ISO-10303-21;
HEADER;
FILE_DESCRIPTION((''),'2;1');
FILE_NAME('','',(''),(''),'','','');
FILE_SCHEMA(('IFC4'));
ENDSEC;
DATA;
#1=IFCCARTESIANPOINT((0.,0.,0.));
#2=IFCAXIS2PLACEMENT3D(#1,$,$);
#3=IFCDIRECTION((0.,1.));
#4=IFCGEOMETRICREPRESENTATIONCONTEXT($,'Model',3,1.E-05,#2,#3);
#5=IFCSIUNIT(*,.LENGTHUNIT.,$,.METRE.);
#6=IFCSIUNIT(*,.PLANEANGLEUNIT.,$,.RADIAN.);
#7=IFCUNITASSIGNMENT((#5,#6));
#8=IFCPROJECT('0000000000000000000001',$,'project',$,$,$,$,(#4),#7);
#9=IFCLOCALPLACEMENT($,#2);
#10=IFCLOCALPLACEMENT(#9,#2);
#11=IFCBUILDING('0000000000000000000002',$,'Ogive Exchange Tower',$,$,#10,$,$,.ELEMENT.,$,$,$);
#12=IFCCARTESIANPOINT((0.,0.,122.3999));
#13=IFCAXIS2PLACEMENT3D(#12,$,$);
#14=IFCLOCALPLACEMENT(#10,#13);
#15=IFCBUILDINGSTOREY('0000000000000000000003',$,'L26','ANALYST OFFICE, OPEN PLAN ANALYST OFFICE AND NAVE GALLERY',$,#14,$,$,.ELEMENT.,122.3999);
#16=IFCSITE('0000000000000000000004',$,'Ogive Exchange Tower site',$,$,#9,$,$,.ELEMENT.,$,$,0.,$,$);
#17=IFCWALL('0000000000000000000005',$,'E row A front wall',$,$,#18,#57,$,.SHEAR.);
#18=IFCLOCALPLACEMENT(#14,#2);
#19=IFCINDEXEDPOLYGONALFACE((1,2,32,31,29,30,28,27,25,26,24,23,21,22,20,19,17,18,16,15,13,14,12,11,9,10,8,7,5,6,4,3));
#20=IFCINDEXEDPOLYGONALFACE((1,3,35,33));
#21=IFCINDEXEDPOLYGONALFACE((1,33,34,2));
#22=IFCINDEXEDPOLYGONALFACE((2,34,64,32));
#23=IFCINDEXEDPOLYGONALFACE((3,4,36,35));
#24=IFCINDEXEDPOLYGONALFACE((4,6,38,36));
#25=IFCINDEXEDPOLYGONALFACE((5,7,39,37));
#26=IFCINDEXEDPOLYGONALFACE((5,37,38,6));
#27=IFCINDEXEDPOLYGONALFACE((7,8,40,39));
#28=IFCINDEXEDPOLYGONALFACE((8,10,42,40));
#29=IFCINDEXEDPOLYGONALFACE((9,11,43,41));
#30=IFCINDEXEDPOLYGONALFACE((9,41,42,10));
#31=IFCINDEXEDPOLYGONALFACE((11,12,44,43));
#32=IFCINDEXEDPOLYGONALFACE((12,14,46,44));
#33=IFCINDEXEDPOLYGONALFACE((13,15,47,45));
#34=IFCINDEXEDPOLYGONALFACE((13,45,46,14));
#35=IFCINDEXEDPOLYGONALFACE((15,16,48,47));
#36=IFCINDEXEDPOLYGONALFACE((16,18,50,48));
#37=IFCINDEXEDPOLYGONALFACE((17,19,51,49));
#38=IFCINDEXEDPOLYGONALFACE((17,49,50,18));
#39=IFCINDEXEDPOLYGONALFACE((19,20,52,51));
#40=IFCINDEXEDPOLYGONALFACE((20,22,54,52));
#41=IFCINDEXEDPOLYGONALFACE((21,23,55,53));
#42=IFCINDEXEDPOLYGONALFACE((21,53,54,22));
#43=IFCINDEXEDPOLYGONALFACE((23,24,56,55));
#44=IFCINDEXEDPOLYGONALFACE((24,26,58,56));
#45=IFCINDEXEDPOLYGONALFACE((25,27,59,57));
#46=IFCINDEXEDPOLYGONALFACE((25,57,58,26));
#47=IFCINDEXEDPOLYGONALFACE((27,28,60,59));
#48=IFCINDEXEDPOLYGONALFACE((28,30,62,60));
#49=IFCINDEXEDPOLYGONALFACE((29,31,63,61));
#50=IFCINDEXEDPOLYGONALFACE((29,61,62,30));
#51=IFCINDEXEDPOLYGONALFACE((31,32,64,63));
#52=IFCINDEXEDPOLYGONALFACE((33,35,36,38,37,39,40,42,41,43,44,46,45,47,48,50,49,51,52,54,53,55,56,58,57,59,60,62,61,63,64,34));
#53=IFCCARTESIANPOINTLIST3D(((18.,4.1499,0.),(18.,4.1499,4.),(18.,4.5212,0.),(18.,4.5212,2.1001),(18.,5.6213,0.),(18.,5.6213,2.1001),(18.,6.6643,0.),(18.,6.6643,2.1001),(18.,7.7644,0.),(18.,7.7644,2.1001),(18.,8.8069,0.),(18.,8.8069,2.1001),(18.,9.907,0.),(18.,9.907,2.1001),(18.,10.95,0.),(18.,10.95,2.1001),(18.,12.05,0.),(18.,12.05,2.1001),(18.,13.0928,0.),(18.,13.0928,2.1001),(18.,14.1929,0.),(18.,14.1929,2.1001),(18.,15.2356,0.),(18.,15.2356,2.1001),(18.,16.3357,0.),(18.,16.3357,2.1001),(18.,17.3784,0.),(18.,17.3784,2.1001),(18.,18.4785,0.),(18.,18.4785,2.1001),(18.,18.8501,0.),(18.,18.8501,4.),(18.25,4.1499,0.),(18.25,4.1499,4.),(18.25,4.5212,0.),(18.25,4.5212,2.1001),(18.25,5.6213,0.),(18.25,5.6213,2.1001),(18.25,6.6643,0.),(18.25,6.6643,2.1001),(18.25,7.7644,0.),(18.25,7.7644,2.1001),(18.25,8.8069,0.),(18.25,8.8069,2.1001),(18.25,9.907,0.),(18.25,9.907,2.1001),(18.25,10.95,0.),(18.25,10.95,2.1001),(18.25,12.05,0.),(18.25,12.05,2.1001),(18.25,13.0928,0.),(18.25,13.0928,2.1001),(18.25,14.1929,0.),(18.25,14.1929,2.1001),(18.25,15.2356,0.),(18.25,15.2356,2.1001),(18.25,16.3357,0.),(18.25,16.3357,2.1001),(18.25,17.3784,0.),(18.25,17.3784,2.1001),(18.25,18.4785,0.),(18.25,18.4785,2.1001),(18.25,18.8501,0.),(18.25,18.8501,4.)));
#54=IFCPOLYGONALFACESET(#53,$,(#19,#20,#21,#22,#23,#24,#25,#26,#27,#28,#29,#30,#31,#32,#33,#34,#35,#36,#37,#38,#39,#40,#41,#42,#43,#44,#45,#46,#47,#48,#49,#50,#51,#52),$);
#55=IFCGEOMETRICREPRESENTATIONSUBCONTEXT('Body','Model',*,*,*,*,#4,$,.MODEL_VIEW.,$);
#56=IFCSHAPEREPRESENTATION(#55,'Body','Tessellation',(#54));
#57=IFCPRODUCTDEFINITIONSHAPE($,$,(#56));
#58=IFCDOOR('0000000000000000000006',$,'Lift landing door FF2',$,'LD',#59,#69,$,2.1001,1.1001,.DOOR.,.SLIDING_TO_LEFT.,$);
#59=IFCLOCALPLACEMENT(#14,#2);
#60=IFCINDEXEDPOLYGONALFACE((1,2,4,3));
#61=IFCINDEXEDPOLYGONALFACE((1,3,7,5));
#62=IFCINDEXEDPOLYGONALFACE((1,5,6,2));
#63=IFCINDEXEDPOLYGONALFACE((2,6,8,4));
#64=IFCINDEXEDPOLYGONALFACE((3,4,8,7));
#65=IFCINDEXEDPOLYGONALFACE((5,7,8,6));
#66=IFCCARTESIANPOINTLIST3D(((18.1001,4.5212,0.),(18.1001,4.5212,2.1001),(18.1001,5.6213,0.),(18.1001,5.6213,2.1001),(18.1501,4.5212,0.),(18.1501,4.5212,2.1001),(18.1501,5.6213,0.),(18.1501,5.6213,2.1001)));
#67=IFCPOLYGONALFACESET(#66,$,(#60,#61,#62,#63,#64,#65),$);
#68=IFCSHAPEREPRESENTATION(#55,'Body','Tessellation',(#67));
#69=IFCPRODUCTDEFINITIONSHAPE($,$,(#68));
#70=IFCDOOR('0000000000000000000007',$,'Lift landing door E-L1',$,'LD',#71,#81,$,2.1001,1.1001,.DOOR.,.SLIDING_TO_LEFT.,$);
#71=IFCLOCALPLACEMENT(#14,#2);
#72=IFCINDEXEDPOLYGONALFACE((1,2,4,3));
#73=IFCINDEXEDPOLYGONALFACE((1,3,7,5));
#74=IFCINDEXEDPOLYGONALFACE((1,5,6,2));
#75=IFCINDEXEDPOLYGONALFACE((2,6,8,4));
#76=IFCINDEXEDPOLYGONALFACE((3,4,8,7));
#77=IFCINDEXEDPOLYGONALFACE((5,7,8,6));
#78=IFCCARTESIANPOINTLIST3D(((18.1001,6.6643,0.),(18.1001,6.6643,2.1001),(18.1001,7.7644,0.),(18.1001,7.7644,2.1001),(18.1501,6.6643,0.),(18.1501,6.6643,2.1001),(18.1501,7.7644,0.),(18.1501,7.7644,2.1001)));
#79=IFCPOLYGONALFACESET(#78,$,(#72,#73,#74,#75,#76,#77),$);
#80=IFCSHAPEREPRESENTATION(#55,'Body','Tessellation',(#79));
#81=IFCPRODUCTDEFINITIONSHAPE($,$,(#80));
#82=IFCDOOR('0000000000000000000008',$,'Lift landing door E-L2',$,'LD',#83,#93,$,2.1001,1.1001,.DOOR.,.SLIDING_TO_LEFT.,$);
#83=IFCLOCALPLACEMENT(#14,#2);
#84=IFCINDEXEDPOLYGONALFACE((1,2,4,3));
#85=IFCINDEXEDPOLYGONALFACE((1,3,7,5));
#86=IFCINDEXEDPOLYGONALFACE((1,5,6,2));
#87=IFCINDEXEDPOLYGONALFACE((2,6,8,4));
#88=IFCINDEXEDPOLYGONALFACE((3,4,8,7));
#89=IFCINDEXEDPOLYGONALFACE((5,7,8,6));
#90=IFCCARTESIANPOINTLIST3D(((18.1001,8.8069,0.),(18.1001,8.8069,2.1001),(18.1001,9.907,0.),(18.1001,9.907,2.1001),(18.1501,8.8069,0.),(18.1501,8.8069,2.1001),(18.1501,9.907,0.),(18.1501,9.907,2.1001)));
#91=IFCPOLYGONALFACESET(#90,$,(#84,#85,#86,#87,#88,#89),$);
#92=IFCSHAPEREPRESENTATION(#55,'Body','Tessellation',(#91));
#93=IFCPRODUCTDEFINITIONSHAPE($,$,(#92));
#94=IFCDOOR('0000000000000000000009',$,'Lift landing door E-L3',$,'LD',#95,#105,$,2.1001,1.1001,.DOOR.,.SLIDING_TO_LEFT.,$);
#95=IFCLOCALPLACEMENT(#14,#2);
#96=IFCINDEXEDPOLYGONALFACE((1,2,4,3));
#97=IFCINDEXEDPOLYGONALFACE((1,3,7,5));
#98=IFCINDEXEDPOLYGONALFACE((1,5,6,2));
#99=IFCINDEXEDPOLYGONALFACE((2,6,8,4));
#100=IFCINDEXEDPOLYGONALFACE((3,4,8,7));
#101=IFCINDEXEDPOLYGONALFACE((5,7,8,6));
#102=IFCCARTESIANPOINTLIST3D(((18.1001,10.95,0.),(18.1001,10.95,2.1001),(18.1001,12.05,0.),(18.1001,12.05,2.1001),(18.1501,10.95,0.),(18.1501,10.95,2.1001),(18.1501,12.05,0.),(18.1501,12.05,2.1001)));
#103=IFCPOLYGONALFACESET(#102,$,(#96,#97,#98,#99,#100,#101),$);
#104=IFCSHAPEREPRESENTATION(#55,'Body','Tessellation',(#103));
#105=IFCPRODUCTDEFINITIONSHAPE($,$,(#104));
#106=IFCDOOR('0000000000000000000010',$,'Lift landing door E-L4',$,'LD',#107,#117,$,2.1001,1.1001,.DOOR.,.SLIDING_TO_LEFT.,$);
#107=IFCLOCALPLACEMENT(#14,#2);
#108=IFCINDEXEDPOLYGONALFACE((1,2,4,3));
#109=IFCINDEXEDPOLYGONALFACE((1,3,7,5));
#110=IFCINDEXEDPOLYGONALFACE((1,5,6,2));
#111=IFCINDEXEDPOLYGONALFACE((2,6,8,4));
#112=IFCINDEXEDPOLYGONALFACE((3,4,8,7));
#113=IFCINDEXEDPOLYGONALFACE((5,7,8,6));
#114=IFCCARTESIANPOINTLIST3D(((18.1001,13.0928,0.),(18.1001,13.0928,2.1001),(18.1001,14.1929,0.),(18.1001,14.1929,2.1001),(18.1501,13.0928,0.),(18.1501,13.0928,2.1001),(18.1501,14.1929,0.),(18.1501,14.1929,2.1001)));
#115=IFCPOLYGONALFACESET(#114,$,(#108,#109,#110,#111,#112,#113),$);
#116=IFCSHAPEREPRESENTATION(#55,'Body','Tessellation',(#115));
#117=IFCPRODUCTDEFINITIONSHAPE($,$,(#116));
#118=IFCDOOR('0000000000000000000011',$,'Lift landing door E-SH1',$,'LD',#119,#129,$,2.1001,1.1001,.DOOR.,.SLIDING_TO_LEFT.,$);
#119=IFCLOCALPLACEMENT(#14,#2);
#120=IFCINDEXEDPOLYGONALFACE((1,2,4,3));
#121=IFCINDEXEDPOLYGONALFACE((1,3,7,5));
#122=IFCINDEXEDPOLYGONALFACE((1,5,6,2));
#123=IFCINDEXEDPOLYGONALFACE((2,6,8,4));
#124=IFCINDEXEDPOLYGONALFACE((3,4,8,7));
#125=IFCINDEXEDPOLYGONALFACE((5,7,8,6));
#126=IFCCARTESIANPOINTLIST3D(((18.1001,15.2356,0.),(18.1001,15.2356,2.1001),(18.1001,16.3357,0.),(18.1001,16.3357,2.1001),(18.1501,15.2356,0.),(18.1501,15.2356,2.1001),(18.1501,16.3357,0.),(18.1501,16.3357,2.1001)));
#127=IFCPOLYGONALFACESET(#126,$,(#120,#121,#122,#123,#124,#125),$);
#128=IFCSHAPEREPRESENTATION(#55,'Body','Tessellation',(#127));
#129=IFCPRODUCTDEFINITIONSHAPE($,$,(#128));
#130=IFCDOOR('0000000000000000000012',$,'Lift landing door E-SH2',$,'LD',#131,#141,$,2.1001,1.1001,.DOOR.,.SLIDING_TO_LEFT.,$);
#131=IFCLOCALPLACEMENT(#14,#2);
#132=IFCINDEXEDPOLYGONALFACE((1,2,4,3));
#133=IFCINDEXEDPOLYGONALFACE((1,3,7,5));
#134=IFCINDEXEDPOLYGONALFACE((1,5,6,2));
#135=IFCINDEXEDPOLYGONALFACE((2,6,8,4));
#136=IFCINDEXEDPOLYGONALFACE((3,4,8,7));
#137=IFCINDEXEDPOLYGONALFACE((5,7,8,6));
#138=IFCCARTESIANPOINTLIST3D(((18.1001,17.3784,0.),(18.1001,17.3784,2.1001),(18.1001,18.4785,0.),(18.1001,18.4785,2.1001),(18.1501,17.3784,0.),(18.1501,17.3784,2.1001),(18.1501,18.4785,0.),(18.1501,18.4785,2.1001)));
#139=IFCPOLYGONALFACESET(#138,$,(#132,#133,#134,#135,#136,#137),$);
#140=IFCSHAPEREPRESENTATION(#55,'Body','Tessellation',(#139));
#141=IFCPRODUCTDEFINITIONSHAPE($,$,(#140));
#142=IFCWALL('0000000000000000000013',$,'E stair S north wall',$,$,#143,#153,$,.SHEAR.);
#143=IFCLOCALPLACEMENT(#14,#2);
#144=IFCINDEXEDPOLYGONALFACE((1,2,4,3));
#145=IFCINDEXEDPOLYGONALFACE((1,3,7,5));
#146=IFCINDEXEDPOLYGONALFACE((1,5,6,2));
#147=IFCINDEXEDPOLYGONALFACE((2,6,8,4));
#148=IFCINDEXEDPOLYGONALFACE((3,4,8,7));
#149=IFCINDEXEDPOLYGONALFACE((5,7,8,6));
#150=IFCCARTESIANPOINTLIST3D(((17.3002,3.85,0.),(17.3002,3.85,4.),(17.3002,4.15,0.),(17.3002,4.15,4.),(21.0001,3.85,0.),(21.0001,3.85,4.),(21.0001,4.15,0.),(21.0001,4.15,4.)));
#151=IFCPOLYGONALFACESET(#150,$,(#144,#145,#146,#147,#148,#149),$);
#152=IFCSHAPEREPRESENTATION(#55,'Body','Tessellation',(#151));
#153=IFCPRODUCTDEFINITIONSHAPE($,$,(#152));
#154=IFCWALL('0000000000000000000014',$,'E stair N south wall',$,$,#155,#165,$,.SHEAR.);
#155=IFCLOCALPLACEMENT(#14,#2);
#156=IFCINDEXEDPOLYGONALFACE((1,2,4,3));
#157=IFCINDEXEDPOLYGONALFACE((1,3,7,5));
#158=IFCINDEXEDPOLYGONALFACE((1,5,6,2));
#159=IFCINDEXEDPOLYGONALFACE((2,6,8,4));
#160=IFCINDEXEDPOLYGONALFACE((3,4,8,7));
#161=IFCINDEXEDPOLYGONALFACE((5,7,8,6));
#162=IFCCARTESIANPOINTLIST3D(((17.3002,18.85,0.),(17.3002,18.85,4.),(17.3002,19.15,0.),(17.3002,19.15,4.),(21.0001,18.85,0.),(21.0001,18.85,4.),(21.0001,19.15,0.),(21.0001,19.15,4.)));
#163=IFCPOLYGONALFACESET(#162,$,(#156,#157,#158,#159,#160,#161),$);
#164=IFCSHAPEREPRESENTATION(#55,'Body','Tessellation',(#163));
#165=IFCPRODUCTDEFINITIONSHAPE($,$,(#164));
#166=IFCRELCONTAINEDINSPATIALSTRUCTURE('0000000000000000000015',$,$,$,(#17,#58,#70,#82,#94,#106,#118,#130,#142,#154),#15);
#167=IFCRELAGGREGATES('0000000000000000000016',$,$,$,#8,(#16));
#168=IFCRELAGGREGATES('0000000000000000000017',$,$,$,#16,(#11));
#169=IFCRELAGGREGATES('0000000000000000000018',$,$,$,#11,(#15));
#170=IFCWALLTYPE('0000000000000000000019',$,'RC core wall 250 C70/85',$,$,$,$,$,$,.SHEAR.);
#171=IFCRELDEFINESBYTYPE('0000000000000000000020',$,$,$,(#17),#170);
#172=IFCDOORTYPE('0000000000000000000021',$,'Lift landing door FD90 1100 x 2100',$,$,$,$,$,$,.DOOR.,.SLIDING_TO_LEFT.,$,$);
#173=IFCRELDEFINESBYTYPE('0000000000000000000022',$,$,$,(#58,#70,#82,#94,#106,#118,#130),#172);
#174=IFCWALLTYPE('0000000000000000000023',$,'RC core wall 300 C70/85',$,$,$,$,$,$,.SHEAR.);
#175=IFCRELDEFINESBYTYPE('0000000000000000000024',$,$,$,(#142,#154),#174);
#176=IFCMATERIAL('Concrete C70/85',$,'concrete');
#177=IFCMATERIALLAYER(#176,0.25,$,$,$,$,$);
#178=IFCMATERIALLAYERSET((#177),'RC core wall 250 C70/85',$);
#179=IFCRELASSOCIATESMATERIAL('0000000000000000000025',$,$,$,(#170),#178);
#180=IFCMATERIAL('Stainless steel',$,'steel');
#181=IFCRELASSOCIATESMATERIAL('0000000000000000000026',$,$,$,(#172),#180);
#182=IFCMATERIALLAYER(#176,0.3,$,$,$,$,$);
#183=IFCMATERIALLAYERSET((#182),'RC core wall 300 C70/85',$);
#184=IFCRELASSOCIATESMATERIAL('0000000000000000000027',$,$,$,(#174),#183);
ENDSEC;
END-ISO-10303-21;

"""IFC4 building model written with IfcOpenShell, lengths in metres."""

from ifc_helpers import new_model, si_unit, direction, frame, frame_2d, origin, place, context, subcontext, project, spatial, rectangle, extrude, material, layer, layer_set, type_object, element, fill, save


model = new_model("IFC4")

# Units and contexts
model_context = context("Model", 3, precision=1e-05, world=origin(), true_north=direction((0.0, 1.0)))
body_context = subcontext(model_context, "Body", "Model", "MODEL_VIEW")
ifc_project = project(units=[si_unit("LENGTHUNIT", "METRE"), si_unit("PLANEANGLEUNIT", "RADIAN")], contexts=[model_context])

# Site, building, storey
site_placement = place(None, origin())
site = spatial("IfcSite", under=ifc_project, at=site_placement, Name="Ogive Exchange Tower site", CompositionType="ELEMENT", RefElevation=0.0)
building_placement = place(site_placement, origin())
building = spatial("IfcBuilding", under=site, at=building_placement, Name="Ogive Exchange Tower", CompositionType="ELEMENT")
storey_placement = place(building_placement, frame((0.0, 0.0, 122.3999)))
storey = spatial("IfcBuildingStorey", under=building, at=storey_placement, Name="L26", Description="ANALYST OFFICE, OPEN PLAN ANALYST OFFICE AND NAVE GALLERY", CompositionType="ELEMENT", Elevation=122.3999)

# Shared definitions
ifc_material_1 = material(Name="Concrete C70/85", Category="concrete")
ifc_layer_1 = layer(ifc_material_1, 0.25)
ifc_layer_set_1 = layer_set([ifc_layer_1], Name="RC core wall 250 C70/85")
wall_type_1 = type_object("IfcWallType", Name="RC core wall 250 C70/85", PredefinedType="SHEAR", material=ifc_layer_set_1)

# Wall, openings, doors
wall_1_placement = place(storey_placement, frame((18.125, 4.1499, 0.0), z_axis=(0.0, 0.0, 1.0), x_axis=(0.0, 1.0, 0.0)))
wall_1 = element("IfcWall", 1, at=wall_1_placement, inside=storey, type_object=wall_type_1, Name="E row A front wall", PredefinedType="SHEAR", context=body_context, shape_type="SweptSolid", body=[
    extrude(rectangle(XDim=14.7002, YDim=0.25, at=frame_2d((7.3501, 0.0))), origin(), (0.0, 0.0, 1.0), 4.0),
])
opening_1_placement = place(wall_1_placement, frame((0.3713, 0.0, 0.0)))
opening_1 = element("IfcOpeningElement", 2, at=opening_1_placement, cuts=wall_1, PredefinedType="OPENING", context=body_context, shape_type="SweptSolid", body=[
    extrude(rectangle(XDim=1.1001, YDim=2.1001, at=frame_2d((0.55, 1.05))), frame((0.0, 0.135, 0.0), z_axis=(0.0, -1.0, 0.0), x_axis=(1.0, 0.0, 0.0)), (0.0, 0.0, 1.0), 0.27),
])
opening_2_placement = place(wall_1_placement, frame((2.5144, 0.0, 0.0)))
opening_2 = element("IfcOpeningElement", 3, at=opening_2_placement, cuts=wall_1, PredefinedType="OPENING", context=body_context, shape_type="SweptSolid", body=[
    extrude(rectangle(XDim=1.1001, YDim=2.1001, at=frame_2d((0.55, 1.05))), frame((0.0, 0.135, 0.0), z_axis=(0.0, -1.0, 0.0), x_axis=(1.0, 0.0, 0.0)), (0.0, 0.0, 1.0), 0.27),
])
opening_3_placement = place(wall_1_placement, frame((4.657, 0.0, 0.0)))
opening_3 = element("IfcOpeningElement", 4, at=opening_3_placement, cuts=wall_1, PredefinedType="OPENING", context=body_context, shape_type="SweptSolid", body=[
    extrude(rectangle(XDim=1.1001, YDim=2.1001, at=frame_2d((0.55, 1.05))), frame((0.0, 0.135, 0.0), z_axis=(0.0, -1.0, 0.0), x_axis=(1.0, 0.0, 0.0)), (0.0, 0.0, 1.0), 0.27),
])
opening_4_placement = place(wall_1_placement, frame((6.8, 0.0, 0.0)))
opening_4 = element("IfcOpeningElement", 5, at=opening_4_placement, cuts=wall_1, PredefinedType="OPENING", context=body_context, shape_type="SweptSolid", body=[
    extrude(rectangle(XDim=1.1001, YDim=2.1001, at=frame_2d((0.55, 1.05))), frame((0.0, 0.135, 0.0), z_axis=(0.0, -1.0, 0.0), x_axis=(1.0, 0.0, 0.0)), (0.0, 0.0, 1.0), 0.27),
])
opening_5_placement = place(wall_1_placement, frame((8.9429, 0.0, 0.0)))
opening_5 = element("IfcOpeningElement", 6, at=opening_5_placement, cuts=wall_1, PredefinedType="OPENING", context=body_context, shape_type="SweptSolid", body=[
    extrude(rectangle(XDim=1.1001, YDim=2.1001, at=frame_2d((0.55, 1.05))), frame((0.0, 0.135, 0.0), z_axis=(0.0, -1.0, 0.0), x_axis=(1.0, 0.0, 0.0)), (0.0, 0.0, 1.0), 0.27),
])
opening_6_placement = place(wall_1_placement, frame((11.0857, 0.0, 0.0)))
opening_6 = element("IfcOpeningElement", 7, at=opening_6_placement, cuts=wall_1, PredefinedType="OPENING", context=body_context, shape_type="SweptSolid", body=[
    extrude(rectangle(XDim=1.1001, YDim=2.1001, at=frame_2d((0.55, 1.05))), frame((0.0, 0.135, 0.0), z_axis=(0.0, -1.0, 0.0), x_axis=(1.0, 0.0, 0.0)), (0.0, 0.0, 1.0), 0.27),
])
opening_7_placement = place(wall_1_placement, frame((13.2285, 0.0, 0.0)))
opening_7 = element("IfcOpeningElement", 8, at=opening_7_placement, cuts=wall_1, PredefinedType="OPENING", context=body_context, shape_type="SweptSolid", body=[
    extrude(rectangle(XDim=1.1001, YDim=2.1001, at=frame_2d((0.55, 1.05))), frame((0.0, 0.135, 0.0), z_axis=(0.0, -1.0, 0.0), x_axis=(1.0, 0.0, 0.0)), (0.0, 0.0, 1.0), 0.27),
])
ifc_material_2 = material(Name="Stainless steel", Category="steel")
door_type_1 = type_object("IfcDoorType", Name="Lift landing door FD90 1100 x 2100", OperationType="SLIDING_TO_LEFT", PredefinedType="DOOR", material=ifc_material_2)
door_1_placement = place(opening_1_placement, origin())
door_1 = element("IfcDoor", 9, at=door_1_placement, inside=storey, type_object=door_type_1, Name="Lift landing door FF2", ObjectType="LD", OperationType="SLIDING_TO_LEFT", OverallHeight=2.1001, OverallWidth=1.1001, PredefinedType="DOOR", context=body_context, shape_type="SweptSolid", body=[
    extrude(rectangle(XDim=1.1001, YDim=2.1001, at=frame_2d((0.55, 1.05))), frame((0.0, 0.0249, 0.0), z_axis=(0.0, -1.0, 0.0), x_axis=(1.0, 0.0, 0.0)), (0.0, 0.0, 1.0), 0.05),
])
fill(opening_1, door_1)
door_2_placement = place(opening_2_placement, origin())
door_2 = element("IfcDoor", 10, at=door_2_placement, inside=storey, type_object=door_type_1, Name="Lift landing door E-L1", ObjectType="LD", OperationType="SLIDING_TO_LEFT", OverallHeight=2.1001, OverallWidth=1.1001, PredefinedType="DOOR", context=body_context, shape_type="SweptSolid", body=[
    extrude(rectangle(XDim=1.1001, YDim=2.1001, at=frame_2d((0.55, 1.05))), frame((0.0, 0.0249, 0.0), z_axis=(0.0, -1.0, 0.0), x_axis=(1.0, 0.0, 0.0)), (0.0, 0.0, 1.0), 0.05),
])
fill(opening_2, door_2)
door_3_placement = place(opening_3_placement, origin())
door_3 = element("IfcDoor", 11, at=door_3_placement, inside=storey, type_object=door_type_1, Name="Lift landing door E-L2", ObjectType="LD", OperationType="SLIDING_TO_LEFT", OverallHeight=2.1001, OverallWidth=1.1001, PredefinedType="DOOR", context=body_context, shape_type="SweptSolid", body=[
    extrude(rectangle(XDim=1.1001, YDim=2.1001, at=frame_2d((0.55, 1.05))), frame((0.0, 0.0249, 0.0), z_axis=(0.0, -1.0, 0.0), x_axis=(1.0, 0.0, 0.0)), (0.0, 0.0, 1.0), 0.05),
])
fill(opening_3, door_3)
door_4_placement = place(opening_4_placement, origin())
door_4 = element("IfcDoor", 12, at=door_4_placement, inside=storey, type_object=door_type_1, Name="Lift landing door E-L3", ObjectType="LD", OperationType="SLIDING_TO_LEFT", OverallHeight=2.1001, OverallWidth=1.1001, PredefinedType="DOOR", context=body_context, shape_type="SweptSolid", body=[
    extrude(rectangle(XDim=1.1001, YDim=2.1001, at=frame_2d((0.55, 1.05))), frame((0.0, 0.0249, 0.0), z_axis=(0.0, -1.0, 0.0), x_axis=(1.0, 0.0, 0.0)), (0.0, 0.0, 1.0), 0.05),
])
fill(opening_4, door_4)
door_5_placement = place(opening_5_placement, origin())
door_5 = element("IfcDoor", 13, at=door_5_placement, inside=storey, type_object=door_type_1, Name="Lift landing door E-L4", ObjectType="LD", OperationType="SLIDING_TO_LEFT", OverallHeight=2.1001, OverallWidth=1.1001, PredefinedType="DOOR", context=body_context, shape_type="SweptSolid", body=[
    extrude(rectangle(XDim=1.1001, YDim=2.1001, at=frame_2d((0.55, 1.05))), frame((0.0, 0.0249, 0.0), z_axis=(0.0, -1.0, 0.0), x_axis=(1.0, 0.0, 0.0)), (0.0, 0.0, 1.0), 0.05),
])
fill(opening_5, door_5)
door_6_placement = place(opening_6_placement, origin())
door_6 = element("IfcDoor", 14, at=door_6_placement, inside=storey, type_object=door_type_1, Name="Lift landing door E-SH1", ObjectType="LD", OperationType="SLIDING_TO_LEFT", OverallHeight=2.1001, OverallWidth=1.1001, PredefinedType="DOOR", context=body_context, shape_type="SweptSolid", body=[
    extrude(rectangle(XDim=1.1001, YDim=2.1001, at=frame_2d((0.55, 1.05))), frame((0.0, 0.0249, 0.0), z_axis=(0.0, -1.0, 0.0), x_axis=(1.0, 0.0, 0.0)), (0.0, 0.0, 1.0), 0.05),
])
fill(opening_6, door_6)
door_7_placement = place(opening_7_placement, origin())
door_7 = element("IfcDoor", 15, at=door_7_placement, inside=storey, type_object=door_type_1, Name="Lift landing door E-SH2", ObjectType="LD", OperationType="SLIDING_TO_LEFT", OverallHeight=2.1001, OverallWidth=1.1001, PredefinedType="DOOR", context=body_context, shape_type="SweptSolid", body=[
    extrude(rectangle(XDim=1.1001, YDim=2.1001, at=frame_2d((0.55, 1.05))), frame((0.0, 0.0249, 0.0), z_axis=(0.0, -1.0, 0.0), x_axis=(1.0, 0.0, 0.0)), (0.0, 0.0, 1.0), 0.05),
])
fill(opening_7, door_7)

# Walls
ifc_layer_2 = layer(ifc_material_1, 0.3)
ifc_layer_set_2 = layer_set([ifc_layer_2], Name="RC core wall 300 C70/85")
wall_type_2 = type_object("IfcWallType", Name="RC core wall 300 C70/85", PredefinedType="SHEAR", material=ifc_layer_set_2)
for number, where, z_axis, x_axis, name in (
    (16, (17.3, 4.0, 0.0), (0.0, 0.0, 1.0), (1.0, 0.0, 0.0), "E stair S north wall"),
    (17, (17.3, 19.0, 0.0), (0.0, 0.0, 1.0), (1.0, 0.0, 0.0), "E stair N south wall"),
):
    element("IfcWall", number, at=place(storey_placement, frame(where, z_axis=z_axis, x_axis=x_axis)), inside=storey, type_object=wall_type_2, Name=name, PredefinedType="SHEAR", context=body_context, shape_type="SweptSolid", body=[
        extrude(rectangle(XDim=3.7, YDim=0.3, at=frame_2d((1.8501, 0.0))), origin(), (0.0, 0.0, 1.0), 4.0),
    ])

save(model, "model.ifc")
